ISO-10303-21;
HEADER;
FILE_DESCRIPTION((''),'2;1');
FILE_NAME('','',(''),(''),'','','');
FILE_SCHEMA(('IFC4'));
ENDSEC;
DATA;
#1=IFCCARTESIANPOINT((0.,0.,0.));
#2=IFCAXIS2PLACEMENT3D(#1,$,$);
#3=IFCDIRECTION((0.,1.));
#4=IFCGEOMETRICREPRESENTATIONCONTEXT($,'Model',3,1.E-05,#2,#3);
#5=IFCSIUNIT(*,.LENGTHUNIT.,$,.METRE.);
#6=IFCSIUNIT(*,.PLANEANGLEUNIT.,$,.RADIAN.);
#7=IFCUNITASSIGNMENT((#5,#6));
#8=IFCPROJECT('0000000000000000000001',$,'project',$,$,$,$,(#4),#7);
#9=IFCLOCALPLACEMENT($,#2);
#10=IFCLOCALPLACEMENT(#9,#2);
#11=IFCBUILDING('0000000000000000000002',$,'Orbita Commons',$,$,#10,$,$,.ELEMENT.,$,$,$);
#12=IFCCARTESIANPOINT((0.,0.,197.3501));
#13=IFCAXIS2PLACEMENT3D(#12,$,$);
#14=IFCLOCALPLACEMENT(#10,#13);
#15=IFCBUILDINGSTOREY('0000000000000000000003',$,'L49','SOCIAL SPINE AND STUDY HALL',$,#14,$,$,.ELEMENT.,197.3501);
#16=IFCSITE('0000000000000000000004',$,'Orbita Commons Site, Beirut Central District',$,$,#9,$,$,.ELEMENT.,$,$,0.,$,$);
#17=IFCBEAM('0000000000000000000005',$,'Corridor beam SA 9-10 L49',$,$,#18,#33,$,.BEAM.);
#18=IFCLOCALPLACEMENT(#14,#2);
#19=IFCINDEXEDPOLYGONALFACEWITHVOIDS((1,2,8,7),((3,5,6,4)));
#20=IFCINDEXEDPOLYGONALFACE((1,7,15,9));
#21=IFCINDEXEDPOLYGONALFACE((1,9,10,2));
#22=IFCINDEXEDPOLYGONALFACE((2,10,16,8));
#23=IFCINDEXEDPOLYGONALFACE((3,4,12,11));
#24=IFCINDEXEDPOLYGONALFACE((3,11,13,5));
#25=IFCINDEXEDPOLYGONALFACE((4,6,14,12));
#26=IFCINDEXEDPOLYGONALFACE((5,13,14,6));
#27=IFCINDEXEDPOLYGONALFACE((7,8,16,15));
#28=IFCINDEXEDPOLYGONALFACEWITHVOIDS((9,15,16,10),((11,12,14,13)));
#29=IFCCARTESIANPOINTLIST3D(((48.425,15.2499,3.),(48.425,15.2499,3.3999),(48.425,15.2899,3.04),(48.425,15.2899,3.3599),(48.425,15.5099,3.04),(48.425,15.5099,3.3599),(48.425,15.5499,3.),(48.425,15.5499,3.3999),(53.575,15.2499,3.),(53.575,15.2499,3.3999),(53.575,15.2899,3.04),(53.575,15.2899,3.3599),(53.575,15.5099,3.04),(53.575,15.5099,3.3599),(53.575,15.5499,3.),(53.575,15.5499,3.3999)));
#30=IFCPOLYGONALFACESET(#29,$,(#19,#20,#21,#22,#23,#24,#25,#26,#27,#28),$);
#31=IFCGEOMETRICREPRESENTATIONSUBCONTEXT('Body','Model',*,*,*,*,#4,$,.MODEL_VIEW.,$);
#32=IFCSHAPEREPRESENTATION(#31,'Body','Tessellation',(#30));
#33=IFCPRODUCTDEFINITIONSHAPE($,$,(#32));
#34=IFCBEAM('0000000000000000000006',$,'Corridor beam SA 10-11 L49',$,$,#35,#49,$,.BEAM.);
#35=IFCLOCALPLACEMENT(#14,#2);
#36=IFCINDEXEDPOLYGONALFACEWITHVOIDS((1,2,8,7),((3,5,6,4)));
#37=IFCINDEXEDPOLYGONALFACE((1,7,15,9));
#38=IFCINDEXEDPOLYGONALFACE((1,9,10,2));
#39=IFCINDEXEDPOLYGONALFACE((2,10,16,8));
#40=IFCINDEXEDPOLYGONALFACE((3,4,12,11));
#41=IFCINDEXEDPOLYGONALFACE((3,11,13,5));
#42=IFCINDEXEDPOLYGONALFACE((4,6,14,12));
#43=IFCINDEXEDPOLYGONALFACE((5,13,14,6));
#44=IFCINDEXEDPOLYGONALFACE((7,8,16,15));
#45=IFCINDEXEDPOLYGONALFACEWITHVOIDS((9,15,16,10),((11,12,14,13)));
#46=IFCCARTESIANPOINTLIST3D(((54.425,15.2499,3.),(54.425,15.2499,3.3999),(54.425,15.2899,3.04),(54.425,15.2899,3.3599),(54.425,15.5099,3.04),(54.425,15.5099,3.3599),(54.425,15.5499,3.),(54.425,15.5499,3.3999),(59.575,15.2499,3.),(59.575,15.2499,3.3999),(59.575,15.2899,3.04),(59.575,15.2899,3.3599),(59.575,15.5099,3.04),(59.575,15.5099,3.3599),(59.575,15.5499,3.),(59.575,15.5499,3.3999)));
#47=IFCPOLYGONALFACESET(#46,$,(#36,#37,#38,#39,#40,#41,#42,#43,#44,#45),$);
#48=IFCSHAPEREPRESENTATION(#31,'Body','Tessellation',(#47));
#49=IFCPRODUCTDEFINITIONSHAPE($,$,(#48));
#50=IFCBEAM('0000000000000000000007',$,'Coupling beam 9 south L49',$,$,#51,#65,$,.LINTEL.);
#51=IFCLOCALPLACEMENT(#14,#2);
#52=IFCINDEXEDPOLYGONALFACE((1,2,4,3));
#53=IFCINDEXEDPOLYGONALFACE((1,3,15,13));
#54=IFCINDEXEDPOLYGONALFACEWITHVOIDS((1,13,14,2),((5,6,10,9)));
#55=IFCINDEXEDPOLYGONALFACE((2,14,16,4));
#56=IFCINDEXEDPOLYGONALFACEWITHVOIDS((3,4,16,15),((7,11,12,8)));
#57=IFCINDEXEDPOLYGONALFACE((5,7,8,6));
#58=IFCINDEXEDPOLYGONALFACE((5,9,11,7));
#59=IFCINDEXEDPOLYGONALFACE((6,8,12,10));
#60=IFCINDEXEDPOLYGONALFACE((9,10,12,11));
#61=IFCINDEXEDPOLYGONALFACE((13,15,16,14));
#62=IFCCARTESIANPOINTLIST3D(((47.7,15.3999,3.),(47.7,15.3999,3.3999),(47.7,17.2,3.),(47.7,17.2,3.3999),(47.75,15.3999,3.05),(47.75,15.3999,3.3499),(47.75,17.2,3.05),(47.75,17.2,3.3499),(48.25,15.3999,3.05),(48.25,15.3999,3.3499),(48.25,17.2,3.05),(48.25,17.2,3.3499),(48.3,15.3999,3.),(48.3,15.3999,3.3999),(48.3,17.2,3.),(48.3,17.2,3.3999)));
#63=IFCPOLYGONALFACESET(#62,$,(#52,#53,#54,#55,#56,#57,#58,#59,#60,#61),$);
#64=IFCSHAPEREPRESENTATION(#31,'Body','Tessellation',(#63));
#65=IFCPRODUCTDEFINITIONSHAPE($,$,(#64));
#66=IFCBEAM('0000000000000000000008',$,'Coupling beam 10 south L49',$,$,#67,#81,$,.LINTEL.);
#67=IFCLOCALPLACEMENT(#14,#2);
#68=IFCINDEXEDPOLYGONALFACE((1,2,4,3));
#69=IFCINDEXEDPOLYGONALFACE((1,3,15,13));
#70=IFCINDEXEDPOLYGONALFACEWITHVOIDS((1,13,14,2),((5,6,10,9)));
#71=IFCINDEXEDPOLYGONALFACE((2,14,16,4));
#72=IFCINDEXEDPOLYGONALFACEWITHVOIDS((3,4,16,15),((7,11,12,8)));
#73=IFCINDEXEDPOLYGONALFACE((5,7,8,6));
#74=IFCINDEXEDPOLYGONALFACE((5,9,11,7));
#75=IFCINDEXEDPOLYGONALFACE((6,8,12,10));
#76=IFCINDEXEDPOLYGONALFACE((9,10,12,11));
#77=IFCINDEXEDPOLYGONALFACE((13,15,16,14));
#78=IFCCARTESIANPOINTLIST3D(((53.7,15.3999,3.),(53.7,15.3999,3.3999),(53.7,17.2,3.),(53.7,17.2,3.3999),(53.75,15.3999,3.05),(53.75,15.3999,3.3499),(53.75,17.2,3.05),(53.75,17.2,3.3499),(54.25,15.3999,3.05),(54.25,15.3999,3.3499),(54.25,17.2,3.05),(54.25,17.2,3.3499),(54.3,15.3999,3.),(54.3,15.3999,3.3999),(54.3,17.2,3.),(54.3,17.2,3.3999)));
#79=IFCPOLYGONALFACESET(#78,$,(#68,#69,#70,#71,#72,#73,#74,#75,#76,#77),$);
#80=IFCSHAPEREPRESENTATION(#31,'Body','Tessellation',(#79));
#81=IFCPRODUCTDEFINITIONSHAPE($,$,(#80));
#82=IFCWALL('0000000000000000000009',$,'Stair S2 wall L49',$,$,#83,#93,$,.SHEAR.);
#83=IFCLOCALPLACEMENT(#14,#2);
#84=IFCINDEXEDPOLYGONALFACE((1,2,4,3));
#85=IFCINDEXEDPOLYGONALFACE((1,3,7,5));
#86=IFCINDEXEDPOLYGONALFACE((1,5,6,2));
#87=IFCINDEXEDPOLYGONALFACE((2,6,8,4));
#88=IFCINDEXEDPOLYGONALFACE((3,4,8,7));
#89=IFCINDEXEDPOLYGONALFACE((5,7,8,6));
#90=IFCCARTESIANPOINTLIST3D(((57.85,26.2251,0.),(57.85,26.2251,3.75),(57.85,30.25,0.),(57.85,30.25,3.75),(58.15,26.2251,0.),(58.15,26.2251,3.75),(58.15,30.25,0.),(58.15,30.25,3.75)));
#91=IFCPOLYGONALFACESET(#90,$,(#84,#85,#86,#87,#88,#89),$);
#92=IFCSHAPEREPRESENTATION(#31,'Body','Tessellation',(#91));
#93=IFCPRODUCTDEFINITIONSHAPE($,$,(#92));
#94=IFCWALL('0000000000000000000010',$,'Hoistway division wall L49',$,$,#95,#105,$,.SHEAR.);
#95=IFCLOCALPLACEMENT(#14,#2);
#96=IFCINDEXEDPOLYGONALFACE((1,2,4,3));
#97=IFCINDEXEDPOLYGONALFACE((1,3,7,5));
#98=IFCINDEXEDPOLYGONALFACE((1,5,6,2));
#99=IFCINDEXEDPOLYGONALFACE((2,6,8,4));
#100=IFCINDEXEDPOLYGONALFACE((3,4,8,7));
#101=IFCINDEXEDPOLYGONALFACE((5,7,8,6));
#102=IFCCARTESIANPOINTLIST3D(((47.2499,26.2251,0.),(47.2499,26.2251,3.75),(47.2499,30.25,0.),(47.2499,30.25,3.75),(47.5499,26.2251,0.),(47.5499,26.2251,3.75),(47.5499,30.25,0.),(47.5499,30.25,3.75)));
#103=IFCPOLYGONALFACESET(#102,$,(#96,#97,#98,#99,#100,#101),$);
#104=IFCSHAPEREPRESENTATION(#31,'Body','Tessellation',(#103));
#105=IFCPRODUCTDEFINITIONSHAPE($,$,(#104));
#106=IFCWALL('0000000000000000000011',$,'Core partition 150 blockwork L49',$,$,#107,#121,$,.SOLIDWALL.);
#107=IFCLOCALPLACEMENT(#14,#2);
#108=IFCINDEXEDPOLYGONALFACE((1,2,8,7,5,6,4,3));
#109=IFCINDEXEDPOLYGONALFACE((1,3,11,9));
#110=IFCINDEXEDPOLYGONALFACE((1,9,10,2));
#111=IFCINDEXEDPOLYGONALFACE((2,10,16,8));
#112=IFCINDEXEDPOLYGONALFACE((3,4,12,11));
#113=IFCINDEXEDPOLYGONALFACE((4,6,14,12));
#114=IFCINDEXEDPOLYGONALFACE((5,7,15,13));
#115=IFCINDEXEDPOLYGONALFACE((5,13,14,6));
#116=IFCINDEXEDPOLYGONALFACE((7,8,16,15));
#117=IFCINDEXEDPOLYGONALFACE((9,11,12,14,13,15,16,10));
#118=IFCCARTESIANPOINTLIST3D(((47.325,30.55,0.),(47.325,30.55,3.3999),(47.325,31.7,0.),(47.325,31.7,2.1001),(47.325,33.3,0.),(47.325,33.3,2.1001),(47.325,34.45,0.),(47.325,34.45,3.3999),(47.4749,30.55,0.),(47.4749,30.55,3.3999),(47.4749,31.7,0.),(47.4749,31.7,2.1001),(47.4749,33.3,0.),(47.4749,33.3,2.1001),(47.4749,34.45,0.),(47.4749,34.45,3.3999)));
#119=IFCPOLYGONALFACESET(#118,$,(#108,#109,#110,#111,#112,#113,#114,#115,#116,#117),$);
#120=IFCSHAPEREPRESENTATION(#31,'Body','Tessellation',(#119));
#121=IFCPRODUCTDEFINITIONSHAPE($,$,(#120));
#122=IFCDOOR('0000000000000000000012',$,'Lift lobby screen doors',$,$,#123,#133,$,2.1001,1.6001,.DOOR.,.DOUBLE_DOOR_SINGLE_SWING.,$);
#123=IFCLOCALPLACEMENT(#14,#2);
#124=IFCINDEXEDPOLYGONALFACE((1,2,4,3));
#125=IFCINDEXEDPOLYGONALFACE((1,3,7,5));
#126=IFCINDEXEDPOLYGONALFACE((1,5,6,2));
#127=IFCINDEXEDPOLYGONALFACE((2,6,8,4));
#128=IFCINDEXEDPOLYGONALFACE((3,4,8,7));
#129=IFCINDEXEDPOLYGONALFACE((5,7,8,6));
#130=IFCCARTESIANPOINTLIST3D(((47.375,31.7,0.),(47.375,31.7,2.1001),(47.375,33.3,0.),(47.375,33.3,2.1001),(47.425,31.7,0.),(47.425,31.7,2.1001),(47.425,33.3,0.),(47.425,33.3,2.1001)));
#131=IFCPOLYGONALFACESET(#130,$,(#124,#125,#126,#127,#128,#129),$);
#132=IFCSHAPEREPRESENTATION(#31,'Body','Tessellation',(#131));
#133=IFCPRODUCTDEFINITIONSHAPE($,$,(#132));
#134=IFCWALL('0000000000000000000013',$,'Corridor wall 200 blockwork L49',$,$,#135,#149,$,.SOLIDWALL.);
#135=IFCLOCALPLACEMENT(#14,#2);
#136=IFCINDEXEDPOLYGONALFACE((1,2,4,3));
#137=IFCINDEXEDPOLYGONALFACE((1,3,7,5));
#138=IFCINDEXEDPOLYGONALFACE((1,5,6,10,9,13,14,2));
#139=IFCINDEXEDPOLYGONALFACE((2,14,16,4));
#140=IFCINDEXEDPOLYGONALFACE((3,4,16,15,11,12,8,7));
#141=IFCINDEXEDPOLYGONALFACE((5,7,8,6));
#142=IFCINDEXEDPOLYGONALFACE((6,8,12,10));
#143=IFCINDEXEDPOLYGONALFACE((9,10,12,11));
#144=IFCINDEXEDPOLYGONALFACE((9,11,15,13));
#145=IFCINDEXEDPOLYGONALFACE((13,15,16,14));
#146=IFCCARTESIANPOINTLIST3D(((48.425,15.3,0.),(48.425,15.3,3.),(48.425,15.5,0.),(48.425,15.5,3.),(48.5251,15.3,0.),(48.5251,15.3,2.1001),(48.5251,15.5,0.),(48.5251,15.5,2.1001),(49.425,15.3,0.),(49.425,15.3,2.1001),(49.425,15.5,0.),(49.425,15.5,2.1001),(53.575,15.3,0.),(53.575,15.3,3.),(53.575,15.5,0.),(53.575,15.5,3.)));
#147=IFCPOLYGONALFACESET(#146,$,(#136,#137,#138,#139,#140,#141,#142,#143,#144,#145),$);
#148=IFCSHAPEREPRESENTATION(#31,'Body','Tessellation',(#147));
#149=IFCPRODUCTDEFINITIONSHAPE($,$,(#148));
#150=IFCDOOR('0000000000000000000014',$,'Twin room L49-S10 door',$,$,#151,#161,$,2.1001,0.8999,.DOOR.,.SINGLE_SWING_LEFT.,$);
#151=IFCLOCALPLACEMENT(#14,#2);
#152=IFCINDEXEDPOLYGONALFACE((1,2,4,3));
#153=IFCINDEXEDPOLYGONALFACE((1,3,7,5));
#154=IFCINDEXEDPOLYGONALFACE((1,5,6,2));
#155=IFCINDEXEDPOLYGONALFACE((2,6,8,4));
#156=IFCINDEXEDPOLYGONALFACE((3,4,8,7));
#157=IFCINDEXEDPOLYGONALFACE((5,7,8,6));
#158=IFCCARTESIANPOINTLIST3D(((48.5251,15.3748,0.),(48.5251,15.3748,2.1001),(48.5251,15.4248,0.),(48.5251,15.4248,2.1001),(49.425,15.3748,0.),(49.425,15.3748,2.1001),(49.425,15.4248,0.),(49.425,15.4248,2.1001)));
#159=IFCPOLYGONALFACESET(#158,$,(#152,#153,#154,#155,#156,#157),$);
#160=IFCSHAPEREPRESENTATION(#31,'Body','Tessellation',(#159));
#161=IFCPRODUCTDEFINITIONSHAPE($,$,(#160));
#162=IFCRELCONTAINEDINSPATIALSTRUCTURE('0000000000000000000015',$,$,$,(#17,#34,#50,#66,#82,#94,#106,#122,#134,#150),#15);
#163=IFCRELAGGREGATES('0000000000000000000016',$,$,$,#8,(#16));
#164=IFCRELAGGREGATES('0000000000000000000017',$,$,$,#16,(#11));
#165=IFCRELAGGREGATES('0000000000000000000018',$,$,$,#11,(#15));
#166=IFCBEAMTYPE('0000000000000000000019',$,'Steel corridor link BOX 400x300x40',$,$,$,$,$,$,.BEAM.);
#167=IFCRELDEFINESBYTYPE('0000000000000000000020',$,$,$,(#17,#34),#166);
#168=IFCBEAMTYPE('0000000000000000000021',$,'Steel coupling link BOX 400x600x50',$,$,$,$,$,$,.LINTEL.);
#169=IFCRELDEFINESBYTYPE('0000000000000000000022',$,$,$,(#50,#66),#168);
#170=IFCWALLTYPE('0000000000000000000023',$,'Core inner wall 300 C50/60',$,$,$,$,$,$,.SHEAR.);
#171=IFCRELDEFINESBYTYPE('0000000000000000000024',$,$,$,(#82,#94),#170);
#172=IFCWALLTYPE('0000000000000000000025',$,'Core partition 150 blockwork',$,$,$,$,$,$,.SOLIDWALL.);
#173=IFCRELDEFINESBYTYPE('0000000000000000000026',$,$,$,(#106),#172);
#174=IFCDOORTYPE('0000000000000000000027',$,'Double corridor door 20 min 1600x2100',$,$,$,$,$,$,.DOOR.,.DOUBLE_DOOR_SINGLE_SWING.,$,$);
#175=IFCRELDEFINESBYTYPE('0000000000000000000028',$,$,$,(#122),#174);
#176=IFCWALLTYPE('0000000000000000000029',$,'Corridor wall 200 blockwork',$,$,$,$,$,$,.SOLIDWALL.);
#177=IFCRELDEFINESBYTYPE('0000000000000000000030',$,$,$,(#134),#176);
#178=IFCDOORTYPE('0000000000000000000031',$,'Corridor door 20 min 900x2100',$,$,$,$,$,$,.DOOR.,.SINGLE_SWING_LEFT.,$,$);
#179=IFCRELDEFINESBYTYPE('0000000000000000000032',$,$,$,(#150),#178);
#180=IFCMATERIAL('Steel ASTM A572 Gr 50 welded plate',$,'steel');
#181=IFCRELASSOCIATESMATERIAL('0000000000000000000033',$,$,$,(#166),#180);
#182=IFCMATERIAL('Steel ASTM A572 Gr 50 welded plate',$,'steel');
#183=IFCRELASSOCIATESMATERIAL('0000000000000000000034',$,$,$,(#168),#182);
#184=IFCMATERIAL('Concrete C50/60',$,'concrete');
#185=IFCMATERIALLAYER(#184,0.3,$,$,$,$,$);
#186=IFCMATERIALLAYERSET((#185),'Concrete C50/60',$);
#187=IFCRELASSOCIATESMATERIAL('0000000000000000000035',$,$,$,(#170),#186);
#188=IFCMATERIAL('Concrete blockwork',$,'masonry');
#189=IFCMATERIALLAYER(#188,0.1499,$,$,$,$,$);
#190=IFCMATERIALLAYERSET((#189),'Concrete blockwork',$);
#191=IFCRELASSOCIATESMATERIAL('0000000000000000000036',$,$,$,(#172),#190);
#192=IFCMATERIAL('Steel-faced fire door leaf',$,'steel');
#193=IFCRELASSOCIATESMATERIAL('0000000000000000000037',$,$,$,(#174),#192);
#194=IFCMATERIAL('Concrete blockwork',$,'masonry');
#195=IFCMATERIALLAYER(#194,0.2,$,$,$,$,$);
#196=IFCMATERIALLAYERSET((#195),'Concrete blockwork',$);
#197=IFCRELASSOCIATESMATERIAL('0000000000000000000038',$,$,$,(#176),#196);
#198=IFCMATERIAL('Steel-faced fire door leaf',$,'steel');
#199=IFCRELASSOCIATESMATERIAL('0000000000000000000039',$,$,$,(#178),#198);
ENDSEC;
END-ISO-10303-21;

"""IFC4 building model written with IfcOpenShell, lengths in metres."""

from ifc_helpers import new_model, si_unit, direction, frame, frame_2d, origin, origin_2d, place, context, subcontext, project, spatial, polyline, rectangle, hollow_rectangle, outline, extrude, material, layer, layer_set, material_profile, profile_set, type_object, element, fill, save


model = new_model("IFC4")

# Units and contexts
model_context = context("Model", 3, precision=1e-05, world=origin(), true_north=direction((0.0, 1.0)))
body_context = subcontext(model_context, "Body", "Model", "MODEL_VIEW")
ifc_project = project(units=[si_unit("LENGTHUNIT", "METRE"), si_unit("PLANEANGLEUNIT", "RADIAN")], contexts=[model_context])

# Site, building, storey
site_placement = place(None, origin())
site = spatial("IfcSite", under=ifc_project, at=site_placement, Name="Orbita Commons Site, Beirut Central District", CompositionType="ELEMENT", RefElevation=0.0)
building_placement = place(site_placement, origin())
building = spatial("IfcBuilding", under=site, at=building_placement, Name="Orbita Commons", CompositionType="ELEMENT")
storey_placement = place(building_placement, frame((0.0, 0.0, 197.3501)))
storey = spatial("IfcBuildingStorey", under=building, at=storey_placement, Name="L49", Description="SOCIAL SPINE AND STUDY HALL", CompositionType="ELEMENT", Elevation=197.3501)

# Beams
ifc_material_1 = material(Name="Steel ASTM A572 Gr 50 welded plate", Category="steel")
ifc_material_profile_1 = material_profile(ifc_material_1, hollow_rectangle(XDim=0.3, YDim=0.3999, WallThickness=0.04, at=origin_2d()), Name="BOX 400x300x40")
ifc_profile_set_1 = profile_set([ifc_material_profile_1], Name="Steel ASTM A572 Gr 50 welded plate")
beam_type_1 = type_object("IfcBeamType", Name="Steel corridor link BOX 400x300x40", PredefinedType="BEAM", material=ifc_profile_set_1)
for number, where, z_axis, x_axis, name in (
    (1, (48.425, 15.3999, 3.2), (1.0, 0.0, 0.0), (0.0, 1.0, 0.0), "Corridor beam SA 9-10 L49"),
    (2, (54.425, 15.3999, 3.2), (1.0, 0.0, 0.0), (0.0, 1.0, 0.0), "Corridor beam SA 10-11 L49"),
):
    element("IfcBeam", number, at=place(storey_placement, frame(where, z_axis=z_axis, x_axis=x_axis)), inside=storey, type_object=beam_type_1, Name=name, PredefinedType="BEAM", context=body_context, shape_type="SweptSolid", body=[
        extrude(hollow_rectangle(XDim=0.3, YDim=0.3999, WallThickness=0.04, at=origin_2d()), origin(), (0.0, 0.0, 1.0), 5.1499),
    ])
ifc_material_2 = material(Name="Steel ASTM A572 Gr 50 welded plate", Category="steel")
ifc_material_profile_2 = material_profile(ifc_material_2, hollow_rectangle(XDim=0.6001, YDim=0.3999, WallThickness=0.05, at=origin_2d()), Name="BOX 400x600x50")
ifc_profile_set_2 = profile_set([ifc_material_profile_2], Name="Steel ASTM A572 Gr 50 welded plate")
beam_type_2 = type_object("IfcBeamType", Name="Steel coupling link BOX 400x600x50", PredefinedType="LINTEL", material=ifc_profile_set_2)
for number, where, z_axis, x_axis, name in (
    (3, (48.0, 15.3999, 3.2), (0.0, 1.0, 0.0), (-1.0, 0.0, 0.0), "Coupling beam 9 south L49"),
    (4, (54.0, 15.3999, 3.2), (0.0, 1.0, 0.0), (-1.0, 0.0, 0.0), "Coupling beam 10 south L49"),
):
    element("IfcBeam", number, at=place(storey_placement, frame(where, z_axis=z_axis, x_axis=x_axis)), inside=storey, type_object=beam_type_2, Name=name, PredefinedType="LINTEL", context=body_context, shape_type="SweptSolid", body=[
        extrude(hollow_rectangle(XDim=0.6001, YDim=0.3999, WallThickness=0.05, at=origin_2d()), origin(), (0.0, 0.0, 1.0), 1.8),
    ])

# Walls
ifc_material_3 = material(Name="Concrete C50/60", Category="concrete")
ifc_layer_1 = layer(ifc_material_3, 0.3)
ifc_layer_set_1 = layer_set([ifc_layer_1], Name="Concrete C50/60")
wall_type_1 = type_object("IfcWallType", Name="Core inner wall 300 C50/60", PredefinedType="SHEAR", material=ifc_layer_set_1)
for number, where, z_axis, x_axis, name in (
    (5, (58.0, 26.2251, 0.0), (0.0, 0.0, 1.0), (0.0, 1.0, 0.0), "Stair S2 wall L49"),
    (6, (47.3999, 26.2251, 0.0), (0.0, 0.0, 1.0), (0.0, 1.0, 0.0), "Hoistway division wall L49"),
):
    element("IfcWall", number, at=place(storey_placement, frame(where, z_axis=z_axis, x_axis=x_axis)), inside=storey, type_object=wall_type_1, Name=name, PredefinedType="SHEAR", context=body_context, shape_type="SweptSolid", body=[
        extrude(rectangle(XDim=4.0249, YDim=0.3, at=frame_2d((2.0125, 0.0))), origin(), (0.0, 0.0, 1.0), 3.75),
    ])

# Walls, openings, doors
ifc_material_4 = material(Name="Concrete blockwork", Category="masonry")
ifc_layer_2 = layer(ifc_material_4, 0.1499)
ifc_layer_set_2 = layer_set([ifc_layer_2], Name="Concrete blockwork")
wall_type_2 = type_object("IfcWallType", Name="Core partition 150 blockwork", PredefinedType="SOLIDWALL", material=ifc_layer_set_2)
wall_1_placement = place(storey_placement, frame((47.3999, 30.55, 0.0), z_axis=(0.0, 0.0, 1.0), x_axis=(0.0, 1.0, 0.0)))
wall_1 = element("IfcWall", 7, at=wall_1_placement, inside=storey, type_object=wall_type_2, Name="Core partition 150 blockwork L49", PredefinedType="SOLIDWALL", context=body_context, shape_type="SweptSolid", body=[
    extrude(rectangle(XDim=3.8999, YDim=0.1499, at=frame_2d((1.95, 0.0))), origin(), (0.0, 0.0, 1.0), 3.3999),
])
opening_1_placement = place(wall_1_placement, frame((1.1499, 0.0, 0.0)))
opening_1 = element("IfcOpeningElement", 8, at=opening_1_placement, cuts=wall_1, PredefinedType="OPENING", context=body_context, shape_type="SweptSolid", body=[
    extrude(rectangle(XDim=1.6001, YDim=2.1001, at=frame_2d((0.8, 1.05))), frame((0.0, 0.085, 0.0), z_axis=(0.0, -1.0, 0.0), x_axis=(1.0, 0.0, 0.0)), (0.0, 0.0, 1.0), 0.1699),
])
ifc_material_5 = material(Name="Steel-faced fire door leaf", Category="steel")
door_type_1 = type_object("IfcDoorType", Name="Double corridor door 20 min 1600x2100", OperationType="DOUBLE_DOOR_SINGLE_SWING", PredefinedType="DOOR", material=ifc_material_5)
door_1_placement = place(opening_1_placement, origin())
door_1 = element("IfcDoor", 9, at=door_1_placement, inside=storey, type_object=door_type_1, Name="Lift lobby screen doors", OperationType="DOUBLE_DOOR_SINGLE_SWING", OverallHeight=2.1001, OverallWidth=1.6001, PredefinedType="DOOR", context=body_context, shape_type="SweptSolid", body=[
    extrude(rectangle(XDim=1.6001, YDim=2.1001, at=frame_2d((0.8, 1.05))), frame((0.0, 0.0249, 0.0), z_axis=(0.0, -1.0, 0.0), x_axis=(1.0, 0.0, 0.0)), (0.0, 0.0, 1.0), 0.05),
])
fill(opening_1, door_1)
ifc_material_6 = material(Name="Concrete blockwork", Category="masonry")
ifc_layer_3 = layer(ifc_material_6, 0.2)
ifc_layer_set_3 = layer_set([ifc_layer_3], Name="Concrete blockwork")
wall_type_3 = type_object("IfcWallType", Name="Corridor wall 200 blockwork", PredefinedType="SOLIDWALL", material=ifc_layer_set_3)
wall_2_placement = place(storey_placement, frame((48.425, 15.3999, 0.0), z_axis=(0.0, 0.0, 1.0), x_axis=(1.0, 0.0, 0.0)))
wall_2 = element("IfcWall", 10, at=wall_2_placement, inside=storey, type_object=wall_type_3, Name="Corridor wall 200 blockwork L49", PredefinedType="SOLIDWALL", context=body_context, shape_type="SweptSolid", body=[
    extrude(outline(polyline([(0.0, 0.0), (5.1499, 0.0), (5.1499, 3.0), (0.0, 3.0), (0.0, 0.0)])), frame((0.0, 0.1001, 0.0), z_axis=(0.0, -1.0, 0.0), x_axis=(1.0, 0.0, 0.0)), (0.0, 0.0, 1.0), 0.2),
])
opening_2_placement = place(wall_2_placement, frame((0.1001, 0.0, 0.0)))
opening_2 = element("IfcOpeningElement", 11, at=opening_2_placement, cuts=wall_2, PredefinedType="OPENING", context=body_context, shape_type="SweptSolid", body=[
    extrude(rectangle(XDim=0.8999, YDim=2.1001, at=frame_2d((0.45, 1.05))), frame((0.0, 0.1099, 0.0), z_axis=(0.0, -1.0, 0.0), x_axis=(1.0, 0.0, 0.0)), (0.0, 0.0, 1.0), 0.22),
])
ifc_material_7 = material(Name="Steel-faced fire door leaf", Category="steel")
door_type_2 = type_object("IfcDoorType", Name="Corridor door 20 min 900x2100", OperationType="SINGLE_SWING_LEFT", PredefinedType="DOOR", material=ifc_material_7)
door_2_placement = place(opening_2_placement, origin())
door_2 = element("IfcDoor", 12, at=door_2_placement, inside=storey, type_object=door_type_2, Name="Twin room L49-S10 door", OperationType="SINGLE_SWING_LEFT", OverallHeight=2.1001, OverallWidth=0.8999, PredefinedType="DOOR", context=body_context, shape_type="SweptSolid", body=[
    extrude(rectangle(XDim=0.8999, YDim=2.1001, at=frame_2d((0.45, 1.05))), frame((0.0, 0.0249, 0.0), z_axis=(0.0, -1.0, 0.0), x_axis=(1.0, 0.0, 0.0)), (0.0, 0.0, 1.0), 0.05),
])
fill(opening_2, door_2)

save(model, "model.ifc")
